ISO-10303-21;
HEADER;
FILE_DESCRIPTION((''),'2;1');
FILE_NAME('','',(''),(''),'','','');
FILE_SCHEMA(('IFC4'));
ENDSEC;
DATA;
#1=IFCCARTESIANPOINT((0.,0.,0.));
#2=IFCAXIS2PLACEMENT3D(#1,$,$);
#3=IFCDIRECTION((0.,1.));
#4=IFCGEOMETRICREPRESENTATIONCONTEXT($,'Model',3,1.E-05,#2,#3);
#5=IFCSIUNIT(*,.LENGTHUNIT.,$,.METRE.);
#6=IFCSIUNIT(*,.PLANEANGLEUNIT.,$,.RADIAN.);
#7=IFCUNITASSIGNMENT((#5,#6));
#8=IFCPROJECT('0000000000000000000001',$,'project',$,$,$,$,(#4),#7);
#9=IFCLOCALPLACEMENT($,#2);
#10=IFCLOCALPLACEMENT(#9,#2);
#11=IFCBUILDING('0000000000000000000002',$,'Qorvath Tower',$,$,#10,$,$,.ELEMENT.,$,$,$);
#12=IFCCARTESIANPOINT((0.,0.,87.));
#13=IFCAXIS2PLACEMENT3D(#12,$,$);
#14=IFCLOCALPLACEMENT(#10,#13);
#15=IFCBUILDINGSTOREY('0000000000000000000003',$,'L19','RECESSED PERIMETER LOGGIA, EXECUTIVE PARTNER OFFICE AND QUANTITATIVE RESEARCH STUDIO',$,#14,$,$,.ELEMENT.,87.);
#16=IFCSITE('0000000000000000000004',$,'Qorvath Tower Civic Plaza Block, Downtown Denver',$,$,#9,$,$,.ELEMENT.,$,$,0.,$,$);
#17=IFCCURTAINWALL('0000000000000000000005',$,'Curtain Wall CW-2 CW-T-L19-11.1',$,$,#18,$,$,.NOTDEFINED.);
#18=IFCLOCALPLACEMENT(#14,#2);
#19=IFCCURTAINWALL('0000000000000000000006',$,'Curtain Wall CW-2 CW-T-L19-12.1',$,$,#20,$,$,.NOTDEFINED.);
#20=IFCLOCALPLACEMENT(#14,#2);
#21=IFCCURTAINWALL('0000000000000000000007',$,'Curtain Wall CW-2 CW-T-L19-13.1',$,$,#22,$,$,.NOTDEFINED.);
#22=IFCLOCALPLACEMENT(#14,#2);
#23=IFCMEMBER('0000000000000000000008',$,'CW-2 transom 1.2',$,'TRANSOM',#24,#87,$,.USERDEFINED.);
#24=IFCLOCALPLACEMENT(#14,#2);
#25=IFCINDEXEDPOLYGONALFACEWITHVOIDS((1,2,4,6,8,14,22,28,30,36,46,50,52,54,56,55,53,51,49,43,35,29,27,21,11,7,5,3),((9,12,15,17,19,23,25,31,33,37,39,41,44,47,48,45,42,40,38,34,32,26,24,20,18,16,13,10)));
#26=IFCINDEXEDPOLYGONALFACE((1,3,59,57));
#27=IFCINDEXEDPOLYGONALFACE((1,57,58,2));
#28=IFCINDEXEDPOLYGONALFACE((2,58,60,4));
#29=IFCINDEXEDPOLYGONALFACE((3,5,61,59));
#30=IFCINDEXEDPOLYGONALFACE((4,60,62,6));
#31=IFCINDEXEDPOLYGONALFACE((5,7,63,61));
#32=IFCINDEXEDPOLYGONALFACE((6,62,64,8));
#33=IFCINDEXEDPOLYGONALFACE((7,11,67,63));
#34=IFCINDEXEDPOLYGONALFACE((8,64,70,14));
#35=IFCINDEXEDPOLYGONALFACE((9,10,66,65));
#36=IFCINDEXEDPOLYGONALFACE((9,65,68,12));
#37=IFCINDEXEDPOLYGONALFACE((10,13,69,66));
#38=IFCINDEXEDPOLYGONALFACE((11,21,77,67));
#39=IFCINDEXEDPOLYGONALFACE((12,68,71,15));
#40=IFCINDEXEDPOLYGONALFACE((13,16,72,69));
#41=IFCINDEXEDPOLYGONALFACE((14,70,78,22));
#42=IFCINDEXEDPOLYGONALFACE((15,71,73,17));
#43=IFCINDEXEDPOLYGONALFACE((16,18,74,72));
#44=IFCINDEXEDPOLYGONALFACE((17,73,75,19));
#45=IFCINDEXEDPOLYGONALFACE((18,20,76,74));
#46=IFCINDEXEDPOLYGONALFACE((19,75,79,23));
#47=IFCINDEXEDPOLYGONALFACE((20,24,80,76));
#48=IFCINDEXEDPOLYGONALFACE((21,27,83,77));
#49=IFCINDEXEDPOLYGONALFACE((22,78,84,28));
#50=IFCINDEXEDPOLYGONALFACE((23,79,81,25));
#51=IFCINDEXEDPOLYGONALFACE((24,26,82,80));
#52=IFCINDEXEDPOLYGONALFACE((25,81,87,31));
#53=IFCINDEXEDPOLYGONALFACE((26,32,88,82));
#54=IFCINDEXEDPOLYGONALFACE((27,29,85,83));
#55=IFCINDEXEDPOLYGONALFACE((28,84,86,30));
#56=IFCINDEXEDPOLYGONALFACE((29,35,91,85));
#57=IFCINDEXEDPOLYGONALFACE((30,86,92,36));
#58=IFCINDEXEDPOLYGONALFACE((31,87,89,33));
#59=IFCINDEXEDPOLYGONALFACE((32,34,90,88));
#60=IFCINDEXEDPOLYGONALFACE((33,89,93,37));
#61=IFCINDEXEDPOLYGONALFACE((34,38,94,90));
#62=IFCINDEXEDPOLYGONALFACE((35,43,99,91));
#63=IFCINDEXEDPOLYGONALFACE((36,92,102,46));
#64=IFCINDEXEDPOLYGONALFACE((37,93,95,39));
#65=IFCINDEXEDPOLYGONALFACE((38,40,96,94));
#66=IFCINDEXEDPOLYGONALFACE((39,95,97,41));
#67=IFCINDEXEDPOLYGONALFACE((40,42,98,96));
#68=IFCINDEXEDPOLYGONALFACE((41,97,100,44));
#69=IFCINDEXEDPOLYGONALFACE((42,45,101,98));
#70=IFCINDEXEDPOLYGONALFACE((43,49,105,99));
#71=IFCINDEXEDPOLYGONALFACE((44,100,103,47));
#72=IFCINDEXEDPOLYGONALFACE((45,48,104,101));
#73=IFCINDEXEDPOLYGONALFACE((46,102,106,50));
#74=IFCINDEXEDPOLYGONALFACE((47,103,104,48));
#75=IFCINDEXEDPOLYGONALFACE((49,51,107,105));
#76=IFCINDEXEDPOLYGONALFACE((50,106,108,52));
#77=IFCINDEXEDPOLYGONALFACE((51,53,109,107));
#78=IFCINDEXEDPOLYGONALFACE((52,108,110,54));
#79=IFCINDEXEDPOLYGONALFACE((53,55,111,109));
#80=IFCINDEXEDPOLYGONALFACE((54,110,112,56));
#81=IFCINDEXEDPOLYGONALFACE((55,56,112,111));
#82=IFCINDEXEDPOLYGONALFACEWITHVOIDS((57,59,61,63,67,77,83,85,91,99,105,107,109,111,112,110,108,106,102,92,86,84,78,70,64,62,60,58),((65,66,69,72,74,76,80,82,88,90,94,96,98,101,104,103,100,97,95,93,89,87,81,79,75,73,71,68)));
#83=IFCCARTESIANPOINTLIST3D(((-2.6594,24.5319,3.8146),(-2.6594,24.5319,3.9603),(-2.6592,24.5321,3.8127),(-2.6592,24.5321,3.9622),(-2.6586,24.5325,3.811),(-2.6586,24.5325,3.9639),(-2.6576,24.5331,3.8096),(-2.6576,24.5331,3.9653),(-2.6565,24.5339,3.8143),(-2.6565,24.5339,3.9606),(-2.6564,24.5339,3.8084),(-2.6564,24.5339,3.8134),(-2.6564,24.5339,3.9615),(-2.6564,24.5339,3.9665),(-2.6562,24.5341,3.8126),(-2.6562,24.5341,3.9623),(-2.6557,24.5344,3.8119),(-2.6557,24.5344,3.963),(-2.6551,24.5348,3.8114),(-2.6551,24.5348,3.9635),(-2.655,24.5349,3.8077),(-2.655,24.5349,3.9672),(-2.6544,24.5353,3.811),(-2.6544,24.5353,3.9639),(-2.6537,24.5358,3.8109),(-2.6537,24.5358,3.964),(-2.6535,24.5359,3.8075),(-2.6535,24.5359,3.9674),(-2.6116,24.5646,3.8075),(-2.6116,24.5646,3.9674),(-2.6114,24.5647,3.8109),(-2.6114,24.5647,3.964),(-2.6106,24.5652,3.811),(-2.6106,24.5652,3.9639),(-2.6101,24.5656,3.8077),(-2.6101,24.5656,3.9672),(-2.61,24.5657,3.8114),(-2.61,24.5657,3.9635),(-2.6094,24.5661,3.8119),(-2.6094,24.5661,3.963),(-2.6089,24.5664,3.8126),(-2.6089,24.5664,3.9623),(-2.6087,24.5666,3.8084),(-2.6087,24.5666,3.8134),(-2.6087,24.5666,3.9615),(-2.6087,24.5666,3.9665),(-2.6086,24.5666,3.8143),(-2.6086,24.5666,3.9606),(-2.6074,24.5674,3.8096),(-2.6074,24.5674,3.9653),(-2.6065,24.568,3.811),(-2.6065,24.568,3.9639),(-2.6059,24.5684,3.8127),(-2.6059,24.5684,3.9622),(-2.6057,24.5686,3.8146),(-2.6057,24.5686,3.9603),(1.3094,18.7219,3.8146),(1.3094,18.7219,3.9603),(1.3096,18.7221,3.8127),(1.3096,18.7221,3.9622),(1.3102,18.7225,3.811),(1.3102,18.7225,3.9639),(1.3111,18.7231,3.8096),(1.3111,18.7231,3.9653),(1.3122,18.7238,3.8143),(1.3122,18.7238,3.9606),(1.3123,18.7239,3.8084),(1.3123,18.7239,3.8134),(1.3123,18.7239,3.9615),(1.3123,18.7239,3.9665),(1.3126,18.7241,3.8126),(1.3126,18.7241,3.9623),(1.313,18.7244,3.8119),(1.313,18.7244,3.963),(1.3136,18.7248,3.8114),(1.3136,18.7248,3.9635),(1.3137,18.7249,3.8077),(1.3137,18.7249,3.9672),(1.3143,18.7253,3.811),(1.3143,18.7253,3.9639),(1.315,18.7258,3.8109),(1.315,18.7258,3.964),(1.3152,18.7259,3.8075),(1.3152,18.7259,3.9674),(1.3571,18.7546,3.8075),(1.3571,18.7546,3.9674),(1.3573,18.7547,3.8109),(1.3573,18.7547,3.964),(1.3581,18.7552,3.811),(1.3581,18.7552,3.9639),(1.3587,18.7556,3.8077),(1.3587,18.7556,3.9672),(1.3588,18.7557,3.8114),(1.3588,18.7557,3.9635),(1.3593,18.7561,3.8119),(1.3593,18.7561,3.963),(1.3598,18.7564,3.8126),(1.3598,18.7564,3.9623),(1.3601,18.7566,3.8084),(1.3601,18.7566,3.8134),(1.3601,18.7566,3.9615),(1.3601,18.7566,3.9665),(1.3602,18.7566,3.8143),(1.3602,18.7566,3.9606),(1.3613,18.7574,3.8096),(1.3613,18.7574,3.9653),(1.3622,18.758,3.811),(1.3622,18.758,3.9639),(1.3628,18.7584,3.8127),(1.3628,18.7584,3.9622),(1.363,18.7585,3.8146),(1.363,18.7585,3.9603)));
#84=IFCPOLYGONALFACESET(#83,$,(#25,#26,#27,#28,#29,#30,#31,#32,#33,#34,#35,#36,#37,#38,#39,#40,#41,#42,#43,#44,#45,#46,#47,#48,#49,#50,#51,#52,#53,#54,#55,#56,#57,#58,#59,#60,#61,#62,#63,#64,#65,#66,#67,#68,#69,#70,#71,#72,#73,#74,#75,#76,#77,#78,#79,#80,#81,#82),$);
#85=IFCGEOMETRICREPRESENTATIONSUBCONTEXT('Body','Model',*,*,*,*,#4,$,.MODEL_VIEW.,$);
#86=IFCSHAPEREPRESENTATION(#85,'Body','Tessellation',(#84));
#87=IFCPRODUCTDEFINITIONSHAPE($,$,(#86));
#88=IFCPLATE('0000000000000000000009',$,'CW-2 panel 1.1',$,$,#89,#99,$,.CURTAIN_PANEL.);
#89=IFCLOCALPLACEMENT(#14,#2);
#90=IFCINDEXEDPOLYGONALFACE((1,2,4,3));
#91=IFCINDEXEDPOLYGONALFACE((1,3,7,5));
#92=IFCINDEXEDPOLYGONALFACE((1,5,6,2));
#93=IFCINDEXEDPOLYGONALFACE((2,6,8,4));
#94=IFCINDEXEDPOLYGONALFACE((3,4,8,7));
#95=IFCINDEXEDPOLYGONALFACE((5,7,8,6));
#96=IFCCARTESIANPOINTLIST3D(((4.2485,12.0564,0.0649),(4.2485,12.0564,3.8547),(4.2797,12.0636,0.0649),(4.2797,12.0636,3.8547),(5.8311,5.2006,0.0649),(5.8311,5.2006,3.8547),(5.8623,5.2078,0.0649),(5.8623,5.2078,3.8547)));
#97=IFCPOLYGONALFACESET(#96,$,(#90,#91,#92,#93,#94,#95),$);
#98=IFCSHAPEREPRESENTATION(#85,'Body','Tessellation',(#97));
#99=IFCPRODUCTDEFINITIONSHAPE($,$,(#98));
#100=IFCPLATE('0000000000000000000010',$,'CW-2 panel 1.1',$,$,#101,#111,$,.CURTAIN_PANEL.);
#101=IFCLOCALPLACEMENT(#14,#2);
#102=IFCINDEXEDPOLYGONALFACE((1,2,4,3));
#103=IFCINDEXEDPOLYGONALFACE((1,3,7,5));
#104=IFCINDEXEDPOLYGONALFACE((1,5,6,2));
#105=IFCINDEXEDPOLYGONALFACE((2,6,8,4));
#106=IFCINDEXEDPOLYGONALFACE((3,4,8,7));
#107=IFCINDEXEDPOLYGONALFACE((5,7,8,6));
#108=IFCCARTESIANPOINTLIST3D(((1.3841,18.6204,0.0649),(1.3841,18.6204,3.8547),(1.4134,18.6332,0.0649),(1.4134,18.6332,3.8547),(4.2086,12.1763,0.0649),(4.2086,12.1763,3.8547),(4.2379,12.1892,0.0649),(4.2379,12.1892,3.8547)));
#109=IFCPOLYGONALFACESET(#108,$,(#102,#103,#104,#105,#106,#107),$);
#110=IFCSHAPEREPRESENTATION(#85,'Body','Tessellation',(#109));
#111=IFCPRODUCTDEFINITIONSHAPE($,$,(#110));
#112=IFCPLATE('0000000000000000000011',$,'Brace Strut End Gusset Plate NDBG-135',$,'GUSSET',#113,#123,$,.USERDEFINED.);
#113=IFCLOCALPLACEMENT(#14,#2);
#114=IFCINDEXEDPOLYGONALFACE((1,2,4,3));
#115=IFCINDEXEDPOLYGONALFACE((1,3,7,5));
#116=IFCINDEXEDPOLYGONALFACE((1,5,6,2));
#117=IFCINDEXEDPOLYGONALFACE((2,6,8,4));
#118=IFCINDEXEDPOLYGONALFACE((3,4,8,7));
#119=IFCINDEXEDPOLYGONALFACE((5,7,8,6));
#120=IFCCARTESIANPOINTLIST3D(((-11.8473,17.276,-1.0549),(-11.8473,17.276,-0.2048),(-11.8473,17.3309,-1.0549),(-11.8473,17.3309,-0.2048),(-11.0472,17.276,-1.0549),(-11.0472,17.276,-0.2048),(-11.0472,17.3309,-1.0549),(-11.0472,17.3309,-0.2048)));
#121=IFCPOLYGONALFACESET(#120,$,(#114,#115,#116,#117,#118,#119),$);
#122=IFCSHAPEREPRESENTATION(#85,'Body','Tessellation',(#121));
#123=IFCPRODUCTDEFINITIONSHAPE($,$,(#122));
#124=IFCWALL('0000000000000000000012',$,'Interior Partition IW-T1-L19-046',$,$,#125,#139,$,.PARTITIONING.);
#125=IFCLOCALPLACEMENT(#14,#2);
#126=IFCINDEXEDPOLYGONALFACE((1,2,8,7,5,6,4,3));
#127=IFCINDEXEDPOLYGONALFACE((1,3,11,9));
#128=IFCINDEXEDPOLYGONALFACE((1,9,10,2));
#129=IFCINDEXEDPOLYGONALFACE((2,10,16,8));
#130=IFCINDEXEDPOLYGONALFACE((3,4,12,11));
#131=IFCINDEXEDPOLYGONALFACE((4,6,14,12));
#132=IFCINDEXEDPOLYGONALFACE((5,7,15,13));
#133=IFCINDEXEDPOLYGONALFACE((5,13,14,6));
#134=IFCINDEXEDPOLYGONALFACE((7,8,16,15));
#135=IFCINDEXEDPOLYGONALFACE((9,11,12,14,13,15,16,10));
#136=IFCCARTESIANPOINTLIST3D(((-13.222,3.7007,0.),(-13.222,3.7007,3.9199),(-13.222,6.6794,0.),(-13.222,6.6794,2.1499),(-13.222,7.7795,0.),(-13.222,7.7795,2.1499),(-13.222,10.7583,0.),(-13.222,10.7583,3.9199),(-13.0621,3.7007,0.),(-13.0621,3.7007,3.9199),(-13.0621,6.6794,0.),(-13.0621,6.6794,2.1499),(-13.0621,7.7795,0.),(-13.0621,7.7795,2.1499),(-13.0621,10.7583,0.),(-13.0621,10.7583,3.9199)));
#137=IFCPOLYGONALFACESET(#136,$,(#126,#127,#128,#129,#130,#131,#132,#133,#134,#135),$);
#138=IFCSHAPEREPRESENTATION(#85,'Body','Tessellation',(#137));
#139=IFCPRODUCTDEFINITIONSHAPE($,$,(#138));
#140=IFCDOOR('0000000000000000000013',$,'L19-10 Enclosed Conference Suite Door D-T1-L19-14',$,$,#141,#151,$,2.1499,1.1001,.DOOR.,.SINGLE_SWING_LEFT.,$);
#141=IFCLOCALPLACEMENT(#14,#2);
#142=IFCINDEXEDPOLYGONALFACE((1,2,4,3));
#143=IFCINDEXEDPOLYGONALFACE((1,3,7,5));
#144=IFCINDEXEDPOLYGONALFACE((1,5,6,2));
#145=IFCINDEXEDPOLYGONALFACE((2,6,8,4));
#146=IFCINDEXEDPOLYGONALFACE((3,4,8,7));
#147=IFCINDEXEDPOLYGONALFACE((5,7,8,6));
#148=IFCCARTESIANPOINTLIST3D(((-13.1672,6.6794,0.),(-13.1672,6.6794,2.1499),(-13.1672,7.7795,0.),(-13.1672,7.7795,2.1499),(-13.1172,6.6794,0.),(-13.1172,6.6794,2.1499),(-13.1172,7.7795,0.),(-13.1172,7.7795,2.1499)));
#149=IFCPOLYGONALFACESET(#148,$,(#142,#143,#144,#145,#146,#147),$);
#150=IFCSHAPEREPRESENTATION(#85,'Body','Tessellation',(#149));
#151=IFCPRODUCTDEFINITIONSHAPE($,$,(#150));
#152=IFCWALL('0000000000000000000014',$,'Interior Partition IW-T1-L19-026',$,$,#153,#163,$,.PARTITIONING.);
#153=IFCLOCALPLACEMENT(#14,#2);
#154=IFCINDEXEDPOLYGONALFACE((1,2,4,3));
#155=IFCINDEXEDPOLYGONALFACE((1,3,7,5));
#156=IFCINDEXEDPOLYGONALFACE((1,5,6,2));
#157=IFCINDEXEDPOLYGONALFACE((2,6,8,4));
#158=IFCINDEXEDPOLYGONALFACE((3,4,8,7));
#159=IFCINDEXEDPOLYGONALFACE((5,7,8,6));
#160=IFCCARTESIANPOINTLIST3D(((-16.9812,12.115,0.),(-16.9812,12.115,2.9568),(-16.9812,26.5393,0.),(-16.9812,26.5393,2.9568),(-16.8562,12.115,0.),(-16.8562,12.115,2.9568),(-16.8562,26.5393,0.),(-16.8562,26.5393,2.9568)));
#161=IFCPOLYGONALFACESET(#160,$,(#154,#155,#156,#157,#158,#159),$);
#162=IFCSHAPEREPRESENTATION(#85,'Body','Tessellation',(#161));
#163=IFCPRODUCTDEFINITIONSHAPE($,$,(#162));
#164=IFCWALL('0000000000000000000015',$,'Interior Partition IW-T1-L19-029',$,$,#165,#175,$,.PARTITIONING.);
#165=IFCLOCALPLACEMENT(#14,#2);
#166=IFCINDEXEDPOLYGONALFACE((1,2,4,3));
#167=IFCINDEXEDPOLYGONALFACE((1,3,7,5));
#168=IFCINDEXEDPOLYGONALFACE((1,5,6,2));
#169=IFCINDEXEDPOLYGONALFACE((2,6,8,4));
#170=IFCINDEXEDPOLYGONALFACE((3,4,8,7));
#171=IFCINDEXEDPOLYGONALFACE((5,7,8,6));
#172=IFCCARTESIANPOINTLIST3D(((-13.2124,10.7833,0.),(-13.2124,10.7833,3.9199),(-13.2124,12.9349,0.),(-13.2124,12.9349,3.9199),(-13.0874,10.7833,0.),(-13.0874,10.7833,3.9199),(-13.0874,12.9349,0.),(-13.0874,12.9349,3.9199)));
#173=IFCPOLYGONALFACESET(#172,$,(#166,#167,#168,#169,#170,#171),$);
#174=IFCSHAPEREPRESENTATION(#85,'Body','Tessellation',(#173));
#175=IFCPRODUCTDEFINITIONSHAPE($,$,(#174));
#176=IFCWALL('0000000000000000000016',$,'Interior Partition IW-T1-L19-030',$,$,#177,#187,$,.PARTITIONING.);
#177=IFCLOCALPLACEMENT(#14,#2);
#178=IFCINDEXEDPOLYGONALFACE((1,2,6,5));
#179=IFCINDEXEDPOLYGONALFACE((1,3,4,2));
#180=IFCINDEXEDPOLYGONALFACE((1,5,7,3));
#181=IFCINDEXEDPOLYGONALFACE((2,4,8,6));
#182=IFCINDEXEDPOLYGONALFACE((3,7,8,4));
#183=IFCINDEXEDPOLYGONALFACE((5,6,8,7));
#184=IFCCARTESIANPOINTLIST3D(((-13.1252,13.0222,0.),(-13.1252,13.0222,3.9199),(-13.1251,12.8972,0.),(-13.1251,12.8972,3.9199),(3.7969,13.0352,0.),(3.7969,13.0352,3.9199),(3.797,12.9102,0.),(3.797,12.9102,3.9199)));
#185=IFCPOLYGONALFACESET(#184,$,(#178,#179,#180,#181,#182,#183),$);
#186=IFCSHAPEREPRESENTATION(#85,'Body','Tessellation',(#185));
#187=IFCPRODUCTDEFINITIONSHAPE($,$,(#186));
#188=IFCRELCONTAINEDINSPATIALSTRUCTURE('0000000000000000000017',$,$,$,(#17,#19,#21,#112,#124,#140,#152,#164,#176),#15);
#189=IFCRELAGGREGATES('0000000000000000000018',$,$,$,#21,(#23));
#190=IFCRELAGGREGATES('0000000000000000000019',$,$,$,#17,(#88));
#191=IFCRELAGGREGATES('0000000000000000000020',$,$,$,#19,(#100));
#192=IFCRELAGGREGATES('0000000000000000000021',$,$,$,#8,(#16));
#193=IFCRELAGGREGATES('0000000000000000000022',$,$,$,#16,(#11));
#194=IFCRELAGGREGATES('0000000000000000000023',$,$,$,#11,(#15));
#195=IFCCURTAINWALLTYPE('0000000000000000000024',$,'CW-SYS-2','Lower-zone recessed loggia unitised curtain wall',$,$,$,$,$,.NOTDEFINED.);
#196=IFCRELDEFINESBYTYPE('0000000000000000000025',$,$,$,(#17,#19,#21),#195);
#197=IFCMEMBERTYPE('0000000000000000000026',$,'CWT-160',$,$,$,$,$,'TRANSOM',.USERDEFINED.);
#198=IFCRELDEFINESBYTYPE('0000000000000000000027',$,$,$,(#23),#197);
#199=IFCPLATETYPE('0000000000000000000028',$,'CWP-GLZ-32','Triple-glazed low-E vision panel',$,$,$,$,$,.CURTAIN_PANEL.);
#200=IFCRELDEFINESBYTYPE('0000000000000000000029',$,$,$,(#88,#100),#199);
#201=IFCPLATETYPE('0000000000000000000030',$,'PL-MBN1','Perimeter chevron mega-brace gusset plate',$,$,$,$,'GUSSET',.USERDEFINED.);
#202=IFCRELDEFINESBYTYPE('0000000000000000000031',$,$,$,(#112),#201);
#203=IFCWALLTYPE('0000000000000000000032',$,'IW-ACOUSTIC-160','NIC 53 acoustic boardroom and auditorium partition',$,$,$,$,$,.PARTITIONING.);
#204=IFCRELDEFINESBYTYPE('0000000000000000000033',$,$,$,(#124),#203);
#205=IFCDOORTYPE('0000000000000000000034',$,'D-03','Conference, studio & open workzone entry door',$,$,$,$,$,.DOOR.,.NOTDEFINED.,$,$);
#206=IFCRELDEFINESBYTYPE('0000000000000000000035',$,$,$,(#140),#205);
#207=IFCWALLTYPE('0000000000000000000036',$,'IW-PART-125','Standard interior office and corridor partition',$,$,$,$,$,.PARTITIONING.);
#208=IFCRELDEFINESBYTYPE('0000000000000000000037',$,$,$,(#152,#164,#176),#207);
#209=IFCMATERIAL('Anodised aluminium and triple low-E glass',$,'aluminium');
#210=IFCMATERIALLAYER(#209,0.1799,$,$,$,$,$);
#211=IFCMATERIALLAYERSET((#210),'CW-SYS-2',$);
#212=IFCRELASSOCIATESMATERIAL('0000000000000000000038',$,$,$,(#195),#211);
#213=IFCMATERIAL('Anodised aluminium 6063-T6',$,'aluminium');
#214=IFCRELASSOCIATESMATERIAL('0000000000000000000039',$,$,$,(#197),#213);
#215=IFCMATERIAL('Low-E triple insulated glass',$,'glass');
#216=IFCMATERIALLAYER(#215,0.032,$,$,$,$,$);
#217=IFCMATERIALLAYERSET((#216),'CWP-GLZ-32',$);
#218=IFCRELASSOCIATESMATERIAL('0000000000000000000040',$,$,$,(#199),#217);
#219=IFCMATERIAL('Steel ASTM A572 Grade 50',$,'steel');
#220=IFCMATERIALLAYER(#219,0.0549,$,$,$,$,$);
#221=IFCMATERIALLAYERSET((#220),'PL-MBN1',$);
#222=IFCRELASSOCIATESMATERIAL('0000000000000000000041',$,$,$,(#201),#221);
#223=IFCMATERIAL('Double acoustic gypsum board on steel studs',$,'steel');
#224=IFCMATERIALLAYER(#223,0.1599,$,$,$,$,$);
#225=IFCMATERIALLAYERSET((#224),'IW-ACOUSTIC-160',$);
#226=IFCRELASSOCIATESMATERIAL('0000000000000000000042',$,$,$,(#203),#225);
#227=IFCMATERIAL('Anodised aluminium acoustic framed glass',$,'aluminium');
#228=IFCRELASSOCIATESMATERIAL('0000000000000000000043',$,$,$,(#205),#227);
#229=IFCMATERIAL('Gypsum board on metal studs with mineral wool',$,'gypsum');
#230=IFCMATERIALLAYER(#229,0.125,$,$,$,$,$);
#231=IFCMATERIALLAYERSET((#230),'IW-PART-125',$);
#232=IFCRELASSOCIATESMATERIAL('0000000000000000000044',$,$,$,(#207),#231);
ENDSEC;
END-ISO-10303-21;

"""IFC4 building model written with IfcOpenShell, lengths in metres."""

from ifc_helpers import new_model, si_unit, direction, frame, frame_2d, origin, origin_2d, place, context, subcontext, project, spatial, rectangle, hollow_rectangle, extrude, material, layer, layer_set, material_profile, profile_set, type_object, element, fill, aggregate, save


model = new_model("IFC4")

# Units and contexts
model_context = context("Model", 3, precision=1e-05, world=origin(), true_north=direction((0.0, 1.0)))
body_context = subcontext(model_context, "Body", "Model", "MODEL_VIEW")
ifc_project = project(units=[si_unit("LENGTHUNIT", "METRE"), si_unit("PLANEANGLEUNIT", "RADIAN")], contexts=[model_context])

# Site, building, storey
site_placement = place(None, origin())
site = spatial("IfcSite", under=ifc_project, at=site_placement, Name="Qorvath Tower Civic Plaza Block, Downtown Denver", CompositionType="ELEMENT", RefElevation=0.0)
building_placement = place(site_placement, origin())
building = spatial("IfcBuilding", under=site, at=building_placement, Name="Qorvath Tower", CompositionType="ELEMENT")
storey_placement = place(building_placement, frame((0.0, 0.0, 87.0)))
storey = spatial("IfcBuildingStorey", under=building, at=storey_placement, Name="L19", Description="RECESSED PERIMETER LOGGIA, EXECUTIVE PARTNER OFFICE AND QUANTITATIVE RESEARCH STUDIO", CompositionType="ELEMENT", Elevation=87.0)

# Shared definitions
ifc_material_1 = material(Name="Anodised aluminium and triple low-E glass", Category="aluminium")
ifc_layer_1 = layer(ifc_material_1, 0.1799)
ifc_layer_set_1 = layer_set([ifc_layer_1], Name="CW-SYS-2")
curtain_wall_type = type_object("IfcCurtainWallType", Name="CW-SYS-2", Description="Lower-zone recessed loggia unitised curtain wall", PredefinedType="NOTDEFINED", material=ifc_layer_set_1)

# Curtain walls
curtain_wall_1_placement = place(storey_placement, origin())
curtain_wall_1 = element("IfcCurtainWall", 1, at=curtain_wall_1_placement, inside=storey, type_object=curtain_wall_type, Name="Curtain Wall CW-2 CW-T-L19-11.1", PredefinedType="NOTDEFINED")
curtain_wall_2_placement = place(storey_placement, origin())
curtain_wall_2 = element("IfcCurtainWall", 2, at=curtain_wall_2_placement, inside=storey, type_object=curtain_wall_type, Name="Curtain Wall CW-2 CW-T-L19-12.1", PredefinedType="NOTDEFINED")

# Curtain wall
curtain_wall_3_placement = place(storey_placement, origin())
curtain_wall_3 = element("IfcCurtainWall", 3, at=curtain_wall_3_placement, inside=storey, type_object=curtain_wall_type, Name="Curtain Wall CW-2 CW-T-L19-13.1", PredefinedType="NOTDEFINED")

# Member
ifc_material_2 = material(Name="Anodised aluminium 6063-T6", Category="aluminium")
ifc_material_profile_1 = material_profile(ifc_material_2, hollow_rectangle(XDim=0.0649, YDim=0.1599, WallThickness=0.0034, InnerFilletRadius=0.0034, OuterFilletRadius=0.0071, at=origin_2d()), Name="CWT 160x65")
ifc_profile_set_1 = profile_set([ifc_material_profile_1], Name="Anodised aluminium 6063-T6")
member_type_1 = type_object("IfcMemberType", Name="CWT-160", ElementType="TRANSOM", PredefinedType="USERDEFINED", material=ifc_profile_set_1)
member_1_placement = place(storey_placement, frame((1.3362, 18.7402, 3.8875), z_axis=(-0.564049, 0.825741, 0.0), x_axis=(-0.825741, -0.564049, 0.0)))
member_1 = element("IfcMember", 4, at=member_1_placement, type_object=member_type_1, Name="CW-2 transom 1.2", ObjectType="TRANSOM", PredefinedType="USERDEFINED", context=body_context, shape_type="SweptSolid", body=[
    extrude(hollow_rectangle(XDim=0.0649, YDim=0.1599, WallThickness=0.0034, InnerFilletRadius=0.0034, OuterFilletRadius=0.0071, at=origin_2d()), origin(), (0.0, 0.0, 1.0), 7.0361),
])
aggregate(curtain_wall_3, [member_1])

# Plates
ifc_material_3 = material(Name="Low-E triple insulated glass", Category="glass")
ifc_layer_2 = layer(ifc_material_3, 0.032)
ifc_layer_set_2 = layer_set([ifc_layer_2], Name="CWP-GLZ-32")
plate_type_1 = type_object("IfcPlateType", Name="CWP-GLZ-32", Description="Triple-glazed low-E vision panel", PredefinedType="CURTAIN_PANEL", material=ifc_layer_set_2)
plate_1_placement = place(storey_placement, frame((5.0554, 8.6321, 0.0649), z_axis=(0.0, 0.0, 1.0), x_axis=(-0.224923, 0.974377, 0.0)))
plate_1 = element("IfcPlate", 5, at=plate_1_placement, type_object=plate_type_1, Name="CW-2 panel 1.1", PredefinedType="CURTAIN_PANEL", context=body_context, shape_type="SweptSolid", body=[
    extrude(rectangle(XDim=7.0361, YDim=0.032, at=origin_2d()), origin(), (0.0, 0.0, 1.0), 3.7898),
])
aggregate(curtain_wall_1, [plate_1])
plate_2_placement = place(storey_placement, frame((2.811, 15.4048, 0.0649), z_axis=(0.0, 0.0, 1.0), x_axis=(-0.40144, 0.915886, 0.0)))
plate_2 = element("IfcPlate", 6, at=plate_2_placement, type_object=plate_type_1, Name="CW-2 panel 1.1", PredefinedType="CURTAIN_PANEL", context=body_context, shape_type="SweptSolid", body=[
    extrude(rectangle(XDim=7.0359, YDim=0.032, at=origin_2d()), origin(), (0.0, 0.0, 1.0), 3.7898),
])
aggregate(curtain_wall_2, [plate_2])
ifc_material_4 = material(Name="Steel ASTM A572 Grade 50", Category="steel")
ifc_layer_3 = layer(ifc_material_4, 0.0549)
ifc_layer_set_3 = layer_set([ifc_layer_3], Name="PL-MBN1")
plate_type_2 = type_object("IfcPlateType", Name="PL-MBN1", Description="Perimeter chevron mega-brace gusset plate", ElementType="GUSSET", PredefinedType="USERDEFINED", material=ifc_layer_set_3)
plate_3_placement = place(storey_placement, frame((-11.4473, 17.3035, -1.0549), z_axis=(0.0, 0.0, 1.0), x_axis=(1.0, 0.0, 0.0)))
element("IfcPlate", 7, at=plate_3_placement, inside=storey, type_object=plate_type_2, Name="Brace Strut End Gusset Plate NDBG-135", ObjectType="GUSSET", PredefinedType="USERDEFINED", context=body_context, shape_type="SweptSolid", body=[
    extrude(rectangle(XDim=0.8, YDim=0.0549, at=origin_2d()), origin(), (0.0, 0.0, 1.0), 0.8501),
])

# Wall, opening, door
ifc_material_5 = material(Name="Double acoustic gypsum board on steel studs", Category="steel")
ifc_layer_4 = layer(ifc_material_5, 0.1599)
ifc_layer_set_4 = layer_set([ifc_layer_4], Name="IW-ACOUSTIC-160")
wall_type_1 = type_object("IfcWallType", Name="IW-ACOUSTIC-160", Description="NIC 53 acoustic boardroom and auditorium partition", PredefinedType="PARTITIONING", material=ifc_layer_set_4)
wall_1_placement = place(storey_placement, frame((-13.1421, 10.7583, 0.0), z_axis=(0.0, 0.0, 1.0), x_axis=(0.0, -1.0, 0.0)))
wall_1 = element("IfcWall", 8, at=wall_1_placement, inside=storey, type_object=wall_type_1, Name="Interior Partition IW-T1-L19-046", PredefinedType="PARTITIONING", context=body_context, shape_type="SweptSolid", body=[
    extrude(rectangle(XDim=7.0576, YDim=0.1599, at=frame_2d((3.5288, 0.0))), origin(), (0.0, 0.0, 1.0), 3.9199),
])
opening_1_placement = place(wall_1_placement, frame((2.9788, 0.0, 0.0)))
opening_1 = element("IfcOpeningElement", 9, at=opening_1_placement, cuts=wall_1, PredefinedType="OPENING", context=body_context, shape_type="SweptSolid", body=[
    extrude(rectangle(XDim=1.1001, YDim=2.1499, at=frame_2d((0.55, 1.075))), frame((0.0, 0.0898, 0.0), z_axis=(0.0, -1.0, 0.0), x_axis=(1.0, 0.0, 0.0)), (0.0, 0.0, 1.0), 0.1799),
])
ifc_material_6 = material(Name="Anodised aluminium acoustic framed glass", Category="aluminium")
door_type_1 = type_object("IfcDoorType", Name="D-03", Description="Conference, studio & open workzone entry door", OperationType="NOTDEFINED", PredefinedType="DOOR", material=ifc_material_6)
door_1_placement = place(opening_1_placement, origin())
door_1 = element("IfcDoor", 10, at=door_1_placement, inside=storey, type_object=door_type_1, Name="L19-10 Enclosed Conference Suite Door D-T1-L19-14", OperationType="SINGLE_SWING_LEFT", OverallHeight=2.1499, OverallWidth=1.1001, PredefinedType="DOOR", context=body_context, shape_type="SweptSolid", body=[
    extrude(rectangle(XDim=1.1001, YDim=2.1499, at=frame_2d((0.55, 1.075))), frame((0.0, 0.0249, 0.0), z_axis=(0.0, -1.0, 0.0), x_axis=(1.0, 0.0, 0.0)), (0.0, 0.0, 1.0), 0.05),
])
fill(opening_1, door_1)

# Wall
ifc_material_7 = material(Name="Gypsum board on metal studs with mineral wool", Category="gypsum")
ifc_layer_5 = layer(ifc_material_7, 0.125)
ifc_layer_set_5 = layer_set([ifc_layer_5], Name="IW-PART-125")
wall_type_2 = type_object("IfcWallType", Name="IW-PART-125", Description="Standard interior office and corridor partition", PredefinedType="PARTITIONING", material=ifc_layer_set_5)
wall_2_placement = place(storey_placement, frame((-16.9187, 12.115, 0.0), z_axis=(0.0, 0.0, 1.0), x_axis=(0.0, 1.0, 0.0)))
element("IfcWall", 11, at=wall_2_placement, inside=storey, type_object=wall_type_2, Name="Interior Partition IW-T1-L19-026", PredefinedType="PARTITIONING", context=body_context, shape_type="SweptSolid", body=[
    extrude(rectangle(XDim=14.4243, YDim=0.125, at=frame_2d((7.2122, 0.0))), origin(), (0.0, 0.0, 1.0), 2.9568),
])

# Walls
wall_3_placement = place(storey_placement, frame((-13.1499, 12.9348, 0.0), z_axis=(0.0, 0.0, 1.0), x_axis=(0.0, -1.0, 0.0)))
element("IfcWall", 12, at=wall_3_placement, inside=storey, type_object=wall_type_2, Name="Interior Partition IW-T1-L19-029", PredefinedType="PARTITIONING", context=body_context, shape_type="SweptSolid", body=[
    extrude(rectangle(XDim=2.1516, YDim=0.125, at=frame_2d((1.0757, 0.0))), origin(), (0.0, 0.0, 1.0), 3.9199),
])
wall_4_placement = place(storey_placement, frame((-13.125, 12.9597, 0.0), z_axis=(0.0, 0.0, 1.0), x_axis=(1.0, 0.000765, 0.0)))
element("IfcWall", 13, at=wall_4_placement, inside=storey, type_object=wall_type_2, Name="Interior Partition IW-T1-L19-030", PredefinedType="PARTITIONING", context=body_context, shape_type="SweptSolid", body=[
    extrude(rectangle(XDim=16.9221, YDim=0.125, at=frame_2d((8.4609, 0.0))), origin(), (0.0, 0.0, 1.0), 3.9199),
])

save(model, "model.ifc")
